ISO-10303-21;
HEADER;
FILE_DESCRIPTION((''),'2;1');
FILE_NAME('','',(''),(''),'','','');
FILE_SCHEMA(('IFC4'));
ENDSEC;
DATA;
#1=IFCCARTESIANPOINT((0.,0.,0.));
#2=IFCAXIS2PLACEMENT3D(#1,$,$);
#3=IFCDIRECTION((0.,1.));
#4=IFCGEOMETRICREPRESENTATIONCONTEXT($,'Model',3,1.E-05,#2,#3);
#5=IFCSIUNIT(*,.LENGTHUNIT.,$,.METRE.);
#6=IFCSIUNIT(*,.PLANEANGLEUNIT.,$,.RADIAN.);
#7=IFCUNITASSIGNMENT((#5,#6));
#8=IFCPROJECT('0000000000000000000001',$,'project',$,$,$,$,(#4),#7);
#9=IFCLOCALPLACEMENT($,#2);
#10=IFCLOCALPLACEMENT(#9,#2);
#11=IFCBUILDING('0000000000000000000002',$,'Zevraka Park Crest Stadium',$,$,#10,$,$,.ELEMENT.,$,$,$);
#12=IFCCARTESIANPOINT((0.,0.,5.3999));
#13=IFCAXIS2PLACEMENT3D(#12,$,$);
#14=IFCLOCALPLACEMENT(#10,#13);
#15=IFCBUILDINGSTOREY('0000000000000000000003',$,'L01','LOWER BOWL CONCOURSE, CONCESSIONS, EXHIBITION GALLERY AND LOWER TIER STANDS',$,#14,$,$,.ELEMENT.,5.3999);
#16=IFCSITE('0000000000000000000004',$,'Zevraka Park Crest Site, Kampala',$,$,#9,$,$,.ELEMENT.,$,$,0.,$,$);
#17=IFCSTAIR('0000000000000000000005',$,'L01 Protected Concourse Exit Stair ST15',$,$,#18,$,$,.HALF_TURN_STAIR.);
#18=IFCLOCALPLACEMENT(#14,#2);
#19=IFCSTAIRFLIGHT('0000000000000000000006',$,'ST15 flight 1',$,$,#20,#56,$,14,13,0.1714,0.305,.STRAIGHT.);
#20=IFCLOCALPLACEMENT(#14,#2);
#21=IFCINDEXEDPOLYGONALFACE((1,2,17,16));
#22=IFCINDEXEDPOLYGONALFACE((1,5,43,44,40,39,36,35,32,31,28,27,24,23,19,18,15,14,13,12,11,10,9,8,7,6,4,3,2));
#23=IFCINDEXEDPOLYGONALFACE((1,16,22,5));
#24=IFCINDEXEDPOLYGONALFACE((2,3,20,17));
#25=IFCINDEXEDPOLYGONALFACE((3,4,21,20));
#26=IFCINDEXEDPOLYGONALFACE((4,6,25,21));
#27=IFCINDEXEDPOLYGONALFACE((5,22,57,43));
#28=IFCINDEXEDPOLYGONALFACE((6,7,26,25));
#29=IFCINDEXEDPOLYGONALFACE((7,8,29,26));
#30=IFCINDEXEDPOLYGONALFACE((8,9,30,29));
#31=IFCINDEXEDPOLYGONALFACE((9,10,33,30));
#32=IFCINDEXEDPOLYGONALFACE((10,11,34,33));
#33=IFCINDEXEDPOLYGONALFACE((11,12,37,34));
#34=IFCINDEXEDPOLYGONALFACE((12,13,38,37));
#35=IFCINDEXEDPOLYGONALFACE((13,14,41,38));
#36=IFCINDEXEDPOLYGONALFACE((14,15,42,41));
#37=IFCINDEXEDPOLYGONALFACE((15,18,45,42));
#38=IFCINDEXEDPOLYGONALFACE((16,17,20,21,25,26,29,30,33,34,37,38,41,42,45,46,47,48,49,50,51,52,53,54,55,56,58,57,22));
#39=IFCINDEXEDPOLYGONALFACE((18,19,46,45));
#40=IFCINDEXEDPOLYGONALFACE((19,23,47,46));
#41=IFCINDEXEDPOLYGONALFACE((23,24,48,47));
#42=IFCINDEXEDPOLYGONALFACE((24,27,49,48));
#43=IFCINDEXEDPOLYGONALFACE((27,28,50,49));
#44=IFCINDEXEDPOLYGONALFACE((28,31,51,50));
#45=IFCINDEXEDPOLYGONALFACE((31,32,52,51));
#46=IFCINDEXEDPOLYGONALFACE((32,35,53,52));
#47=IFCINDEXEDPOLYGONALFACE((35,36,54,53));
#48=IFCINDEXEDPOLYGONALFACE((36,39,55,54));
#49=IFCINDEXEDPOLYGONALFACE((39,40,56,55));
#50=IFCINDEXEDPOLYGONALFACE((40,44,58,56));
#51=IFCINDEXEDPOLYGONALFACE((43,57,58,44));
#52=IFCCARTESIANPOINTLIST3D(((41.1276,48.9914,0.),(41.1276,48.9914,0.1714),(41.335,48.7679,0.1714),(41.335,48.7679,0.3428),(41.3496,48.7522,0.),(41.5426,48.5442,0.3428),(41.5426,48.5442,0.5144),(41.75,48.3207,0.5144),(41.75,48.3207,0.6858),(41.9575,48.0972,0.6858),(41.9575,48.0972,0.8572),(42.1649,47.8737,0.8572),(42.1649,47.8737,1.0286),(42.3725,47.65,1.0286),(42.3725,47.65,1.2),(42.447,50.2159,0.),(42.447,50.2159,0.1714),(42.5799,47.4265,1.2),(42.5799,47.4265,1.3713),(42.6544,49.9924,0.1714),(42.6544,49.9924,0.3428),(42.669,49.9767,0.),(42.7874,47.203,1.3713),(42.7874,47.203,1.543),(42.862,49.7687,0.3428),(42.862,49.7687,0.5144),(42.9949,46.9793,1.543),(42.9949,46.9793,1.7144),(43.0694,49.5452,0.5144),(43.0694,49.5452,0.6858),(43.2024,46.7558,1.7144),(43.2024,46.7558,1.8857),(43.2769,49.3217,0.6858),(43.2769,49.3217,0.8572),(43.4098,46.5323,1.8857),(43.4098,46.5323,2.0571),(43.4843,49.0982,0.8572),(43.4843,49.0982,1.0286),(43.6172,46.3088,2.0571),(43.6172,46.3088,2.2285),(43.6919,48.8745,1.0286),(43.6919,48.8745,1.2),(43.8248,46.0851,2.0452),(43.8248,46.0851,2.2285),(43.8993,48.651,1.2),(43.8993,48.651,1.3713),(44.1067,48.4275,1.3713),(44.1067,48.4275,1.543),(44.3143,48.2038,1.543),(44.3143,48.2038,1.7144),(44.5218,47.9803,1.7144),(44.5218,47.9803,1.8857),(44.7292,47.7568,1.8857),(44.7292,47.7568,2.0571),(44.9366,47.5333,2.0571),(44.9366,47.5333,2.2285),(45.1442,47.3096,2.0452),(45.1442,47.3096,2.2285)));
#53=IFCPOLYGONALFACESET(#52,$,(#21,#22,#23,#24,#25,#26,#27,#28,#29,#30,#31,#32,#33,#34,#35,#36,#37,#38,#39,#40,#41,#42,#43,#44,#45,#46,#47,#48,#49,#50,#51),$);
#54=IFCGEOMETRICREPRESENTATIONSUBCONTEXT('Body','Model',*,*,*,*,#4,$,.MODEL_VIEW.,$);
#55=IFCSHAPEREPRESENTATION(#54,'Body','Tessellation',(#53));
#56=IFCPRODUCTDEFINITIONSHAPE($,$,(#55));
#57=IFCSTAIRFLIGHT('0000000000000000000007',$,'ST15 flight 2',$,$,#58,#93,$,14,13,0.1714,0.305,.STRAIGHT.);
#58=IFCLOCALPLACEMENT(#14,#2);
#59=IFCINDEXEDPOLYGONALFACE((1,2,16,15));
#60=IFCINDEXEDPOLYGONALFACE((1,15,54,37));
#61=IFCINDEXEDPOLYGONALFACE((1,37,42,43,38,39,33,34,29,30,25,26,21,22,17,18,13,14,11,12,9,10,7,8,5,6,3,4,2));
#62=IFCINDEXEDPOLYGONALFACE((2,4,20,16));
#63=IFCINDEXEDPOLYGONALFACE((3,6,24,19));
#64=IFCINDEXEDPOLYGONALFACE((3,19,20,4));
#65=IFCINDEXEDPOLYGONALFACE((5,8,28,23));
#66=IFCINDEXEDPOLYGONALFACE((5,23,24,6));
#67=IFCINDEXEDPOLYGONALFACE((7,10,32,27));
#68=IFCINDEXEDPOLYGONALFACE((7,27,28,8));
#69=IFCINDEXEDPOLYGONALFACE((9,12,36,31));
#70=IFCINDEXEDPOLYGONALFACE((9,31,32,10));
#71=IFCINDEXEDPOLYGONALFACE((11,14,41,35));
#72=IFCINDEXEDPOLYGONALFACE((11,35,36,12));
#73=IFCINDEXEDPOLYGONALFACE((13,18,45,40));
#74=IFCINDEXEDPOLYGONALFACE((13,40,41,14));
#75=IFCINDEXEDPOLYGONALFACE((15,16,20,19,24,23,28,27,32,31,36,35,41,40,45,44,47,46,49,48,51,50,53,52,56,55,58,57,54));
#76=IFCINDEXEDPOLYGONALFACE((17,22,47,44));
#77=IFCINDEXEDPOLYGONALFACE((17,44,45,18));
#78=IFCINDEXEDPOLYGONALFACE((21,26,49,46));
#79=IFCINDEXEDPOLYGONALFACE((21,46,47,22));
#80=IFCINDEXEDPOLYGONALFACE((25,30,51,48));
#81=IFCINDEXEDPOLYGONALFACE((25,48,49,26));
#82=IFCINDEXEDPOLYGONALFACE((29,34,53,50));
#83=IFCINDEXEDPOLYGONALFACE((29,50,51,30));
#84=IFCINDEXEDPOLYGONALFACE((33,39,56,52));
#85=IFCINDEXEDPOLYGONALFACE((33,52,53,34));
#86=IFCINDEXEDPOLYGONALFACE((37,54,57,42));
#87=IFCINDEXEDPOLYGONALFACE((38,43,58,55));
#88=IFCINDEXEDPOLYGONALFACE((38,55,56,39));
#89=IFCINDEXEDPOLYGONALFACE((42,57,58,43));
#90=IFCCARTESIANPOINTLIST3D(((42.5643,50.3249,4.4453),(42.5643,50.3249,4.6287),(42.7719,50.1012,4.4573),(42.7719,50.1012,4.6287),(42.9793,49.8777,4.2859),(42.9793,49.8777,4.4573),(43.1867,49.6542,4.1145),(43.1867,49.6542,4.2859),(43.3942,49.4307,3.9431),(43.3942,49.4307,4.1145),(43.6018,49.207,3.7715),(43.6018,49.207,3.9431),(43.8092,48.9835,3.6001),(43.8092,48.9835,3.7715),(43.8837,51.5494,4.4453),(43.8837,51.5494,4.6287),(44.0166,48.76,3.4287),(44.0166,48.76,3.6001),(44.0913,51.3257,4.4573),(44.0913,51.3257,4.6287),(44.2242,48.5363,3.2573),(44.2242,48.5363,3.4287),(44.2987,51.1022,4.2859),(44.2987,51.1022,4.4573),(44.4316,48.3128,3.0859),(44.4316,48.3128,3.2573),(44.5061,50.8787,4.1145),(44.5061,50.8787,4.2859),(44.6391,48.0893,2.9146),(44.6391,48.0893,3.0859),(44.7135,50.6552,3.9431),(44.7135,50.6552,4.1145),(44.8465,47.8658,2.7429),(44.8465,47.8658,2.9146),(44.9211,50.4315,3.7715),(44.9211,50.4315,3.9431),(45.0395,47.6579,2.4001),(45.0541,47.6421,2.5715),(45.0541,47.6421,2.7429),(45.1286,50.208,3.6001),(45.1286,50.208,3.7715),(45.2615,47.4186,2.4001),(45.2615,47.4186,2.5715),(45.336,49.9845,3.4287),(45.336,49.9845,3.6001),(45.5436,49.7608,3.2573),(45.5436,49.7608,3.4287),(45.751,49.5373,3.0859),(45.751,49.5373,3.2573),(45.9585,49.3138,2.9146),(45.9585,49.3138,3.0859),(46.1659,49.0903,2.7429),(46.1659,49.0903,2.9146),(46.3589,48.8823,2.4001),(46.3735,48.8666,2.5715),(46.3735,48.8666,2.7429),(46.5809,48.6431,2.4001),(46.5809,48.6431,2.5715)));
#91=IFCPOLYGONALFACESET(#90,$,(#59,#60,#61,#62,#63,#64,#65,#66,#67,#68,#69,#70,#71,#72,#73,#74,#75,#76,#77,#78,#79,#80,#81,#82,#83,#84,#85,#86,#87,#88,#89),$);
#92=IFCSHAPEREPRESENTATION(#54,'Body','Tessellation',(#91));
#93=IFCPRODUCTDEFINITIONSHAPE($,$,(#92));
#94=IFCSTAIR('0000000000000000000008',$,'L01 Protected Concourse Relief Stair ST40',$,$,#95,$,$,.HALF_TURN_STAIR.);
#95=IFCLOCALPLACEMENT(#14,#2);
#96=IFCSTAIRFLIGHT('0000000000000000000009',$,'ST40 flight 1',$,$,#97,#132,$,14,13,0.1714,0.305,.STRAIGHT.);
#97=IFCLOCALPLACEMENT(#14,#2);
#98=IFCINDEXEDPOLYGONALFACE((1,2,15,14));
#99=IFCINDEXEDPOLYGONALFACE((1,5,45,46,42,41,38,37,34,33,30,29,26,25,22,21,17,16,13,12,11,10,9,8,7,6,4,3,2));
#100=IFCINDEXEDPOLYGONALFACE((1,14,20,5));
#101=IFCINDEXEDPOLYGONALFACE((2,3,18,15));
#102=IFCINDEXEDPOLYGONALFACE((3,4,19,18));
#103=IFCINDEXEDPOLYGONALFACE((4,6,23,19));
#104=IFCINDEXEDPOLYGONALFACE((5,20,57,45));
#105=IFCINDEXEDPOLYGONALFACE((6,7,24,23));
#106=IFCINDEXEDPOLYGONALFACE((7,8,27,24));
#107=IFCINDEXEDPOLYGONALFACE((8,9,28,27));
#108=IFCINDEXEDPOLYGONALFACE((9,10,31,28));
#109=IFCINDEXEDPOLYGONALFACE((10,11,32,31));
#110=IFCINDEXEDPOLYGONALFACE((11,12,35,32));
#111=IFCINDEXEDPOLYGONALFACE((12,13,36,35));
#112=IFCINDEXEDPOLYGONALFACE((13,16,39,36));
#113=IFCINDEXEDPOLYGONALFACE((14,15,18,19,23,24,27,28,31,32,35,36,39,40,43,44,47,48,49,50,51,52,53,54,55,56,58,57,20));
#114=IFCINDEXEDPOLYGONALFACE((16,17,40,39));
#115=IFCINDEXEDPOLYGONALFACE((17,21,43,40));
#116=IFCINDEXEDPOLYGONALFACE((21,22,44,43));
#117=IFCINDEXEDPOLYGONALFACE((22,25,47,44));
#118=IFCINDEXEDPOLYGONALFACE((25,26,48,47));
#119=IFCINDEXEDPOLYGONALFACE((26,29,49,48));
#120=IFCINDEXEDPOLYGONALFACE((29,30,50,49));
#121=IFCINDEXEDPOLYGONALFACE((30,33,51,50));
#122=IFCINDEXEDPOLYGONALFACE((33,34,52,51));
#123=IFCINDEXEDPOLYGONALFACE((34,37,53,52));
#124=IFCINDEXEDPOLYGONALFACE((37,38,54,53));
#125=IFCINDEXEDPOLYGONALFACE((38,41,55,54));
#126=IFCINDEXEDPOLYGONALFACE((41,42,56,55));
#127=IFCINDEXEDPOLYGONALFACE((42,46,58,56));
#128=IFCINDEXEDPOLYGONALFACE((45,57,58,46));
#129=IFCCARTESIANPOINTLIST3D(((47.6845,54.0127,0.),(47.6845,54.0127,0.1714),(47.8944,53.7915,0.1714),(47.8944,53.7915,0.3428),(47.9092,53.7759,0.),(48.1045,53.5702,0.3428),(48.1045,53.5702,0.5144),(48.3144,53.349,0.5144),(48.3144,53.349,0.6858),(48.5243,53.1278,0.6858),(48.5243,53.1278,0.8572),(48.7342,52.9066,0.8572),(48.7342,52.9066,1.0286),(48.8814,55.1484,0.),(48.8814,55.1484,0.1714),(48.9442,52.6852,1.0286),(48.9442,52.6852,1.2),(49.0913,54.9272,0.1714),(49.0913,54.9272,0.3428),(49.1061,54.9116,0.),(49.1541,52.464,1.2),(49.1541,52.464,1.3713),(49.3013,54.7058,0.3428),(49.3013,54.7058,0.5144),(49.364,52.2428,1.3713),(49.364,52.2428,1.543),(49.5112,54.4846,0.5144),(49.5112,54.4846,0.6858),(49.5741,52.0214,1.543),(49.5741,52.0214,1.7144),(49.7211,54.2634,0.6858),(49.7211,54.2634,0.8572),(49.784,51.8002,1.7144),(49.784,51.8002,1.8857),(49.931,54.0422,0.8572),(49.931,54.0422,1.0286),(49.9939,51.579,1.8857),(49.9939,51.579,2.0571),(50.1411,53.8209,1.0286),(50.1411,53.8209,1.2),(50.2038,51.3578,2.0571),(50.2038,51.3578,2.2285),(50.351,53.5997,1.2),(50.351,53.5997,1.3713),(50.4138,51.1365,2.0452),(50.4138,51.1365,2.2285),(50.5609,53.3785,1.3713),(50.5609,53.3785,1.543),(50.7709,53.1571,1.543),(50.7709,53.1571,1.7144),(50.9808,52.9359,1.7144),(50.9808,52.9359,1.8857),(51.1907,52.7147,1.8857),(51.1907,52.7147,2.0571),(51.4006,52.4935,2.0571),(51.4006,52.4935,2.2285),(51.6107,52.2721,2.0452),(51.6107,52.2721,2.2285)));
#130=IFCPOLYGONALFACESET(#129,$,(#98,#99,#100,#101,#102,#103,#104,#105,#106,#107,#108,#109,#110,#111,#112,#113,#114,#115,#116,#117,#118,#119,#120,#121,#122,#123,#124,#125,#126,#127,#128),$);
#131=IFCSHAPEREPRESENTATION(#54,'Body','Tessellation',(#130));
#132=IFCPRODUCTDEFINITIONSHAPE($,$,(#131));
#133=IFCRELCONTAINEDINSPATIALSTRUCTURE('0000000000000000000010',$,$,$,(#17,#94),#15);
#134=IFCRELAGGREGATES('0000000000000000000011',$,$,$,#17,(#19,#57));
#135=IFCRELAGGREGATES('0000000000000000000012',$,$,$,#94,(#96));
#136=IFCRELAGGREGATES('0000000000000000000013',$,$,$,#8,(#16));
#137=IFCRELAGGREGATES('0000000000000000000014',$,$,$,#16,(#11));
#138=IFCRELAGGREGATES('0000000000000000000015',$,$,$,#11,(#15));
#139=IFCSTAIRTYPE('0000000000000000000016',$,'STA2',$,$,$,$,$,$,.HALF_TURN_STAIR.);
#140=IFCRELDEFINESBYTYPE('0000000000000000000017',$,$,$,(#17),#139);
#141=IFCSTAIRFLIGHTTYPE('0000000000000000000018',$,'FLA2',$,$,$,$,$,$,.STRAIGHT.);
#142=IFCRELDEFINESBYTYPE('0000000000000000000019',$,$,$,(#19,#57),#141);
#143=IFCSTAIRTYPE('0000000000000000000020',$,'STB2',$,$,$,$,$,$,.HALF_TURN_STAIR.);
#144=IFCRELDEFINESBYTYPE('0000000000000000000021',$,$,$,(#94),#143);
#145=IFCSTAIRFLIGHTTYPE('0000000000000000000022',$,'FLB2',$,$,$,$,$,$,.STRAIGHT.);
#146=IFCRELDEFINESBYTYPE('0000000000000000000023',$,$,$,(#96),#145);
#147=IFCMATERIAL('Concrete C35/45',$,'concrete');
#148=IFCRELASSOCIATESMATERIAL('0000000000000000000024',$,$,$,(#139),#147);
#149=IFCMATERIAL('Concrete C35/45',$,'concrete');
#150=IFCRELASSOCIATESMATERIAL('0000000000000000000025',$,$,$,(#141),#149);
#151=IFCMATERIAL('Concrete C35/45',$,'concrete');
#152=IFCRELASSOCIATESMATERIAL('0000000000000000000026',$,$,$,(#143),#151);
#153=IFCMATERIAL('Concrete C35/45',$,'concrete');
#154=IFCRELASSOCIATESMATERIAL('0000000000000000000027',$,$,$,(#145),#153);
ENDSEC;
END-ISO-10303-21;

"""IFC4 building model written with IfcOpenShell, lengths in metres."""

from ifc_helpers import new_model, si_unit, direction, frame, origin, place, context, subcontext, project, spatial, polyline, outline, extrude, material, type_object, element, aggregate, save


model = new_model("IFC4")

# Units and contexts
model_context = context("Model", 3, precision=1e-05, world=origin(), true_north=direction((0.0, 1.0)))
body_context = subcontext(model_context, "Body", "Model", "MODEL_VIEW")
ifc_project = project(units=[si_unit("LENGTHUNIT", "METRE"), si_unit("PLANEANGLEUNIT", "RADIAN")], contexts=[model_context])

# Site, building, storey
site_placement = place(None, origin())
site = spatial("IfcSite", under=ifc_project, at=site_placement, Name="Zevraka Park Crest Site, Kampala", CompositionType="ELEMENT", RefElevation=0.0)
building_placement = place(site_placement, origin())
building = spatial("IfcBuilding", under=site, at=building_placement, Name="Zevraka Park Crest Stadium", CompositionType="ELEMENT")
storey_placement = place(building_placement, frame((0.0, 0.0, 5.3999)))
storey = spatial("IfcBuildingStorey", under=building, at=storey_placement, Name="L01", Description="LOWER BOWL CONCOURSE, CONCESSIONS, EXHIBITION GALLERY AND LOWER TIER STANDS", CompositionType="ELEMENT", Elevation=5.3999)

# Stair, stair flights
ifc_material_1 = material(Name="Concrete C35/45", Category="concrete")
stair_type_1 = type_object("IfcStairType", Name="STA2", PredefinedType="HALF_TURN_STAIR", material=ifc_material_1)
stair_1_placement = place(storey_placement, origin())
stair_1 = element("IfcStair", 1, at=stair_1_placement, inside=storey, type_object=stair_type_1, Name="L01 Protected Concourse Exit Stair ST15", PredefinedType="HALF_TURN_STAIR")
ifc_material_2 = material(Name="Concrete C35/45", Category="concrete")
stair_flight_type_1 = type_object("IfcStairFlightType", Name="FLA2", PredefinedType="STRAIGHT", material=ifc_material_2)
stair_flight_1_placement = place(storey_placement, frame((41.7874, 49.6038, 0.0), z_axis=(0.0, 0.0, 1.0), x_axis=(0.680255, -0.732975, 0.0)))
stair_flight_1 = element("IfcStairFlight", 2, at=stair_flight_1_placement, type_object=stair_flight_type_1, Name="ST15 flight 1", NumberOfRisers=14, NumberOfTreads=13, PredefinedType="STRAIGHT", RiserHeight=0.1714, TreadLength=0.305, context=body_context, shape_type="SweptSolid", body=[
    extrude(outline(polyline([(0.0, 0.0), (0.0, 0.1714), (0.3049, 0.1714), (0.3049, 0.3428), (0.6101, 0.3428), (0.6101, 0.5144), (0.915, 0.5144), (0.915, 0.6858), (1.22, 0.6858), (1.22, 0.8572), (1.5249, 0.8572), (1.5249, 1.0286), (1.8301, 1.0286), (1.8301, 1.2), (2.135, 1.2), (2.135, 1.3713), (2.4399, 1.3713), (2.4399, 1.543), (2.7451, 1.543), (2.7451, 1.7144), (3.05, 1.7144), (3.05, 1.8857), (3.355, 1.8857), (3.355, 2.0571), (3.6599, 2.0571), (3.6599, 2.2285), (3.9651, 2.2285), (3.9651, 2.3999), (3.9651, 2.0452), (0.3264, 0.0), (0.0, 0.0)])), frame((0.0, 0.8999, 0.0), z_axis=(0.0, -1.0, 0.0), x_axis=(1.0, 0.0, 0.0)), (0.0, 0.0, 1.0), 1.8),
])
stair_flight_2_placement = place(storey_placement, frame((45.9211, 48.0308, 2.4001), z_axis=(0.0, 0.0, 1.0), x_axis=(-0.680255, 0.732975, 0.0)))
stair_flight_2 = element("IfcStairFlight", 3, at=stair_flight_2_placement, type_object=stair_flight_type_1, Name="ST15 flight 2", NumberOfRisers=14, NumberOfTreads=13, PredefinedType="STRAIGHT", RiserHeight=0.1714, TreadLength=0.305, context=body_context, shape_type="SweptSolid", body=[
    extrude(outline(polyline([(0.0, 0.0), (0.0, 0.1714), (0.3049, 0.1714), (0.3049, 0.3428), (0.6101, 0.3428), (0.6101, 0.5144), (0.915, 0.5144), (0.915, 0.6858), (1.22, 0.6858), (1.22, 0.8572), (1.5249, 0.8572), (1.5249, 1.0286), (1.8301, 1.0286), (1.8301, 1.2), (2.135, 1.2), (2.135, 1.3713), (2.4399, 1.3713), (2.4399, 1.543), (2.7451, 1.543), (2.7451, 1.7144), (3.05, 1.7144), (3.05, 1.8857), (3.355, 1.8857), (3.355, 2.0571), (3.6599, 2.0571), (3.6599, 2.2285), (3.9651, 2.2285), (3.9651, 2.3999), (3.9651, 2.0452), (0.3264, 0.0), (0.0, 0.0)])), frame((0.0, 0.8999, 0.0), z_axis=(0.0, -1.0, 0.0), x_axis=(1.0, 0.0, 0.0)), (0.0, 0.0, 1.0), 1.8),
])
aggregate(stair_1, [stair_flight_1, stair_flight_2])

# Stair, stair flight
ifc_material_3 = material(Name="Concrete C35/45", Category="concrete")
stair_type_2 = type_object("IfcStairType", Name="STB2", PredefinedType="HALF_TURN_STAIR", material=ifc_material_3)
stair_2_placement = place(storey_placement, origin())
stair_2 = element("IfcStair", 4, at=stair_2_placement, inside=storey, type_object=stair_type_2, Name="L01 Protected Concourse Relief Stair ST40", PredefinedType="HALF_TURN_STAIR")
ifc_material_4 = material(Name="Concrete C35/45", Category="concrete")
stair_flight_type_2 = type_object("IfcStairFlightType", Name="FLB2", PredefinedType="STRAIGHT", material=ifc_material_4)
stair_flight_3_placement = place(storey_placement, frame((48.283, 54.5806, 0.0), z_axis=(0.0, 0.0, 1.0), x_axis=(0.688327, -0.725401, 0.0)))
stair_flight_3 = element("IfcStairFlight", 5, at=stair_flight_3_placement, type_object=stair_flight_type_2, Name="ST40 flight 1", NumberOfRisers=14, NumberOfTreads=13, PredefinedType="STRAIGHT", RiserHeight=0.1714, TreadLength=0.305, context=body_context, shape_type="SweptSolid", body=[
    extrude(outline(polyline([(0.0, 0.0), (0.0, 0.1714), (0.3049, 0.1714), (0.3049, 0.3428), (0.6101, 0.3428), (0.6101, 0.5144), (0.915, 0.5144), (0.915, 0.6858), (1.22, 0.6858), (1.22, 0.8572), (1.5249, 0.8572), (1.5249, 1.0286), (1.8301, 1.0286), (1.8301, 1.2), (2.135, 1.2), (2.135, 1.3713), (2.4399, 1.3713), (2.4399, 1.543), (2.7451, 1.543), (2.7451, 1.7144), (3.05, 1.7144), (3.05, 1.8857), (3.355, 1.8857), (3.355, 2.0571), (3.6599, 2.0571), (3.6599, 2.2285), (3.9651, 2.2285), (3.9651, 2.3999), (3.9651, 2.0452), (0.3264, 0.0), (0.0, 0.0)])), frame((0.0, 0.825, 0.0), z_axis=(0.0, -1.0, 0.0), x_axis=(1.0, 0.0, 0.0)), (0.0, 0.0, 1.0), 1.6499),
])
aggregate(stair_2, [stair_flight_3])

save(model, "model.ifc")
